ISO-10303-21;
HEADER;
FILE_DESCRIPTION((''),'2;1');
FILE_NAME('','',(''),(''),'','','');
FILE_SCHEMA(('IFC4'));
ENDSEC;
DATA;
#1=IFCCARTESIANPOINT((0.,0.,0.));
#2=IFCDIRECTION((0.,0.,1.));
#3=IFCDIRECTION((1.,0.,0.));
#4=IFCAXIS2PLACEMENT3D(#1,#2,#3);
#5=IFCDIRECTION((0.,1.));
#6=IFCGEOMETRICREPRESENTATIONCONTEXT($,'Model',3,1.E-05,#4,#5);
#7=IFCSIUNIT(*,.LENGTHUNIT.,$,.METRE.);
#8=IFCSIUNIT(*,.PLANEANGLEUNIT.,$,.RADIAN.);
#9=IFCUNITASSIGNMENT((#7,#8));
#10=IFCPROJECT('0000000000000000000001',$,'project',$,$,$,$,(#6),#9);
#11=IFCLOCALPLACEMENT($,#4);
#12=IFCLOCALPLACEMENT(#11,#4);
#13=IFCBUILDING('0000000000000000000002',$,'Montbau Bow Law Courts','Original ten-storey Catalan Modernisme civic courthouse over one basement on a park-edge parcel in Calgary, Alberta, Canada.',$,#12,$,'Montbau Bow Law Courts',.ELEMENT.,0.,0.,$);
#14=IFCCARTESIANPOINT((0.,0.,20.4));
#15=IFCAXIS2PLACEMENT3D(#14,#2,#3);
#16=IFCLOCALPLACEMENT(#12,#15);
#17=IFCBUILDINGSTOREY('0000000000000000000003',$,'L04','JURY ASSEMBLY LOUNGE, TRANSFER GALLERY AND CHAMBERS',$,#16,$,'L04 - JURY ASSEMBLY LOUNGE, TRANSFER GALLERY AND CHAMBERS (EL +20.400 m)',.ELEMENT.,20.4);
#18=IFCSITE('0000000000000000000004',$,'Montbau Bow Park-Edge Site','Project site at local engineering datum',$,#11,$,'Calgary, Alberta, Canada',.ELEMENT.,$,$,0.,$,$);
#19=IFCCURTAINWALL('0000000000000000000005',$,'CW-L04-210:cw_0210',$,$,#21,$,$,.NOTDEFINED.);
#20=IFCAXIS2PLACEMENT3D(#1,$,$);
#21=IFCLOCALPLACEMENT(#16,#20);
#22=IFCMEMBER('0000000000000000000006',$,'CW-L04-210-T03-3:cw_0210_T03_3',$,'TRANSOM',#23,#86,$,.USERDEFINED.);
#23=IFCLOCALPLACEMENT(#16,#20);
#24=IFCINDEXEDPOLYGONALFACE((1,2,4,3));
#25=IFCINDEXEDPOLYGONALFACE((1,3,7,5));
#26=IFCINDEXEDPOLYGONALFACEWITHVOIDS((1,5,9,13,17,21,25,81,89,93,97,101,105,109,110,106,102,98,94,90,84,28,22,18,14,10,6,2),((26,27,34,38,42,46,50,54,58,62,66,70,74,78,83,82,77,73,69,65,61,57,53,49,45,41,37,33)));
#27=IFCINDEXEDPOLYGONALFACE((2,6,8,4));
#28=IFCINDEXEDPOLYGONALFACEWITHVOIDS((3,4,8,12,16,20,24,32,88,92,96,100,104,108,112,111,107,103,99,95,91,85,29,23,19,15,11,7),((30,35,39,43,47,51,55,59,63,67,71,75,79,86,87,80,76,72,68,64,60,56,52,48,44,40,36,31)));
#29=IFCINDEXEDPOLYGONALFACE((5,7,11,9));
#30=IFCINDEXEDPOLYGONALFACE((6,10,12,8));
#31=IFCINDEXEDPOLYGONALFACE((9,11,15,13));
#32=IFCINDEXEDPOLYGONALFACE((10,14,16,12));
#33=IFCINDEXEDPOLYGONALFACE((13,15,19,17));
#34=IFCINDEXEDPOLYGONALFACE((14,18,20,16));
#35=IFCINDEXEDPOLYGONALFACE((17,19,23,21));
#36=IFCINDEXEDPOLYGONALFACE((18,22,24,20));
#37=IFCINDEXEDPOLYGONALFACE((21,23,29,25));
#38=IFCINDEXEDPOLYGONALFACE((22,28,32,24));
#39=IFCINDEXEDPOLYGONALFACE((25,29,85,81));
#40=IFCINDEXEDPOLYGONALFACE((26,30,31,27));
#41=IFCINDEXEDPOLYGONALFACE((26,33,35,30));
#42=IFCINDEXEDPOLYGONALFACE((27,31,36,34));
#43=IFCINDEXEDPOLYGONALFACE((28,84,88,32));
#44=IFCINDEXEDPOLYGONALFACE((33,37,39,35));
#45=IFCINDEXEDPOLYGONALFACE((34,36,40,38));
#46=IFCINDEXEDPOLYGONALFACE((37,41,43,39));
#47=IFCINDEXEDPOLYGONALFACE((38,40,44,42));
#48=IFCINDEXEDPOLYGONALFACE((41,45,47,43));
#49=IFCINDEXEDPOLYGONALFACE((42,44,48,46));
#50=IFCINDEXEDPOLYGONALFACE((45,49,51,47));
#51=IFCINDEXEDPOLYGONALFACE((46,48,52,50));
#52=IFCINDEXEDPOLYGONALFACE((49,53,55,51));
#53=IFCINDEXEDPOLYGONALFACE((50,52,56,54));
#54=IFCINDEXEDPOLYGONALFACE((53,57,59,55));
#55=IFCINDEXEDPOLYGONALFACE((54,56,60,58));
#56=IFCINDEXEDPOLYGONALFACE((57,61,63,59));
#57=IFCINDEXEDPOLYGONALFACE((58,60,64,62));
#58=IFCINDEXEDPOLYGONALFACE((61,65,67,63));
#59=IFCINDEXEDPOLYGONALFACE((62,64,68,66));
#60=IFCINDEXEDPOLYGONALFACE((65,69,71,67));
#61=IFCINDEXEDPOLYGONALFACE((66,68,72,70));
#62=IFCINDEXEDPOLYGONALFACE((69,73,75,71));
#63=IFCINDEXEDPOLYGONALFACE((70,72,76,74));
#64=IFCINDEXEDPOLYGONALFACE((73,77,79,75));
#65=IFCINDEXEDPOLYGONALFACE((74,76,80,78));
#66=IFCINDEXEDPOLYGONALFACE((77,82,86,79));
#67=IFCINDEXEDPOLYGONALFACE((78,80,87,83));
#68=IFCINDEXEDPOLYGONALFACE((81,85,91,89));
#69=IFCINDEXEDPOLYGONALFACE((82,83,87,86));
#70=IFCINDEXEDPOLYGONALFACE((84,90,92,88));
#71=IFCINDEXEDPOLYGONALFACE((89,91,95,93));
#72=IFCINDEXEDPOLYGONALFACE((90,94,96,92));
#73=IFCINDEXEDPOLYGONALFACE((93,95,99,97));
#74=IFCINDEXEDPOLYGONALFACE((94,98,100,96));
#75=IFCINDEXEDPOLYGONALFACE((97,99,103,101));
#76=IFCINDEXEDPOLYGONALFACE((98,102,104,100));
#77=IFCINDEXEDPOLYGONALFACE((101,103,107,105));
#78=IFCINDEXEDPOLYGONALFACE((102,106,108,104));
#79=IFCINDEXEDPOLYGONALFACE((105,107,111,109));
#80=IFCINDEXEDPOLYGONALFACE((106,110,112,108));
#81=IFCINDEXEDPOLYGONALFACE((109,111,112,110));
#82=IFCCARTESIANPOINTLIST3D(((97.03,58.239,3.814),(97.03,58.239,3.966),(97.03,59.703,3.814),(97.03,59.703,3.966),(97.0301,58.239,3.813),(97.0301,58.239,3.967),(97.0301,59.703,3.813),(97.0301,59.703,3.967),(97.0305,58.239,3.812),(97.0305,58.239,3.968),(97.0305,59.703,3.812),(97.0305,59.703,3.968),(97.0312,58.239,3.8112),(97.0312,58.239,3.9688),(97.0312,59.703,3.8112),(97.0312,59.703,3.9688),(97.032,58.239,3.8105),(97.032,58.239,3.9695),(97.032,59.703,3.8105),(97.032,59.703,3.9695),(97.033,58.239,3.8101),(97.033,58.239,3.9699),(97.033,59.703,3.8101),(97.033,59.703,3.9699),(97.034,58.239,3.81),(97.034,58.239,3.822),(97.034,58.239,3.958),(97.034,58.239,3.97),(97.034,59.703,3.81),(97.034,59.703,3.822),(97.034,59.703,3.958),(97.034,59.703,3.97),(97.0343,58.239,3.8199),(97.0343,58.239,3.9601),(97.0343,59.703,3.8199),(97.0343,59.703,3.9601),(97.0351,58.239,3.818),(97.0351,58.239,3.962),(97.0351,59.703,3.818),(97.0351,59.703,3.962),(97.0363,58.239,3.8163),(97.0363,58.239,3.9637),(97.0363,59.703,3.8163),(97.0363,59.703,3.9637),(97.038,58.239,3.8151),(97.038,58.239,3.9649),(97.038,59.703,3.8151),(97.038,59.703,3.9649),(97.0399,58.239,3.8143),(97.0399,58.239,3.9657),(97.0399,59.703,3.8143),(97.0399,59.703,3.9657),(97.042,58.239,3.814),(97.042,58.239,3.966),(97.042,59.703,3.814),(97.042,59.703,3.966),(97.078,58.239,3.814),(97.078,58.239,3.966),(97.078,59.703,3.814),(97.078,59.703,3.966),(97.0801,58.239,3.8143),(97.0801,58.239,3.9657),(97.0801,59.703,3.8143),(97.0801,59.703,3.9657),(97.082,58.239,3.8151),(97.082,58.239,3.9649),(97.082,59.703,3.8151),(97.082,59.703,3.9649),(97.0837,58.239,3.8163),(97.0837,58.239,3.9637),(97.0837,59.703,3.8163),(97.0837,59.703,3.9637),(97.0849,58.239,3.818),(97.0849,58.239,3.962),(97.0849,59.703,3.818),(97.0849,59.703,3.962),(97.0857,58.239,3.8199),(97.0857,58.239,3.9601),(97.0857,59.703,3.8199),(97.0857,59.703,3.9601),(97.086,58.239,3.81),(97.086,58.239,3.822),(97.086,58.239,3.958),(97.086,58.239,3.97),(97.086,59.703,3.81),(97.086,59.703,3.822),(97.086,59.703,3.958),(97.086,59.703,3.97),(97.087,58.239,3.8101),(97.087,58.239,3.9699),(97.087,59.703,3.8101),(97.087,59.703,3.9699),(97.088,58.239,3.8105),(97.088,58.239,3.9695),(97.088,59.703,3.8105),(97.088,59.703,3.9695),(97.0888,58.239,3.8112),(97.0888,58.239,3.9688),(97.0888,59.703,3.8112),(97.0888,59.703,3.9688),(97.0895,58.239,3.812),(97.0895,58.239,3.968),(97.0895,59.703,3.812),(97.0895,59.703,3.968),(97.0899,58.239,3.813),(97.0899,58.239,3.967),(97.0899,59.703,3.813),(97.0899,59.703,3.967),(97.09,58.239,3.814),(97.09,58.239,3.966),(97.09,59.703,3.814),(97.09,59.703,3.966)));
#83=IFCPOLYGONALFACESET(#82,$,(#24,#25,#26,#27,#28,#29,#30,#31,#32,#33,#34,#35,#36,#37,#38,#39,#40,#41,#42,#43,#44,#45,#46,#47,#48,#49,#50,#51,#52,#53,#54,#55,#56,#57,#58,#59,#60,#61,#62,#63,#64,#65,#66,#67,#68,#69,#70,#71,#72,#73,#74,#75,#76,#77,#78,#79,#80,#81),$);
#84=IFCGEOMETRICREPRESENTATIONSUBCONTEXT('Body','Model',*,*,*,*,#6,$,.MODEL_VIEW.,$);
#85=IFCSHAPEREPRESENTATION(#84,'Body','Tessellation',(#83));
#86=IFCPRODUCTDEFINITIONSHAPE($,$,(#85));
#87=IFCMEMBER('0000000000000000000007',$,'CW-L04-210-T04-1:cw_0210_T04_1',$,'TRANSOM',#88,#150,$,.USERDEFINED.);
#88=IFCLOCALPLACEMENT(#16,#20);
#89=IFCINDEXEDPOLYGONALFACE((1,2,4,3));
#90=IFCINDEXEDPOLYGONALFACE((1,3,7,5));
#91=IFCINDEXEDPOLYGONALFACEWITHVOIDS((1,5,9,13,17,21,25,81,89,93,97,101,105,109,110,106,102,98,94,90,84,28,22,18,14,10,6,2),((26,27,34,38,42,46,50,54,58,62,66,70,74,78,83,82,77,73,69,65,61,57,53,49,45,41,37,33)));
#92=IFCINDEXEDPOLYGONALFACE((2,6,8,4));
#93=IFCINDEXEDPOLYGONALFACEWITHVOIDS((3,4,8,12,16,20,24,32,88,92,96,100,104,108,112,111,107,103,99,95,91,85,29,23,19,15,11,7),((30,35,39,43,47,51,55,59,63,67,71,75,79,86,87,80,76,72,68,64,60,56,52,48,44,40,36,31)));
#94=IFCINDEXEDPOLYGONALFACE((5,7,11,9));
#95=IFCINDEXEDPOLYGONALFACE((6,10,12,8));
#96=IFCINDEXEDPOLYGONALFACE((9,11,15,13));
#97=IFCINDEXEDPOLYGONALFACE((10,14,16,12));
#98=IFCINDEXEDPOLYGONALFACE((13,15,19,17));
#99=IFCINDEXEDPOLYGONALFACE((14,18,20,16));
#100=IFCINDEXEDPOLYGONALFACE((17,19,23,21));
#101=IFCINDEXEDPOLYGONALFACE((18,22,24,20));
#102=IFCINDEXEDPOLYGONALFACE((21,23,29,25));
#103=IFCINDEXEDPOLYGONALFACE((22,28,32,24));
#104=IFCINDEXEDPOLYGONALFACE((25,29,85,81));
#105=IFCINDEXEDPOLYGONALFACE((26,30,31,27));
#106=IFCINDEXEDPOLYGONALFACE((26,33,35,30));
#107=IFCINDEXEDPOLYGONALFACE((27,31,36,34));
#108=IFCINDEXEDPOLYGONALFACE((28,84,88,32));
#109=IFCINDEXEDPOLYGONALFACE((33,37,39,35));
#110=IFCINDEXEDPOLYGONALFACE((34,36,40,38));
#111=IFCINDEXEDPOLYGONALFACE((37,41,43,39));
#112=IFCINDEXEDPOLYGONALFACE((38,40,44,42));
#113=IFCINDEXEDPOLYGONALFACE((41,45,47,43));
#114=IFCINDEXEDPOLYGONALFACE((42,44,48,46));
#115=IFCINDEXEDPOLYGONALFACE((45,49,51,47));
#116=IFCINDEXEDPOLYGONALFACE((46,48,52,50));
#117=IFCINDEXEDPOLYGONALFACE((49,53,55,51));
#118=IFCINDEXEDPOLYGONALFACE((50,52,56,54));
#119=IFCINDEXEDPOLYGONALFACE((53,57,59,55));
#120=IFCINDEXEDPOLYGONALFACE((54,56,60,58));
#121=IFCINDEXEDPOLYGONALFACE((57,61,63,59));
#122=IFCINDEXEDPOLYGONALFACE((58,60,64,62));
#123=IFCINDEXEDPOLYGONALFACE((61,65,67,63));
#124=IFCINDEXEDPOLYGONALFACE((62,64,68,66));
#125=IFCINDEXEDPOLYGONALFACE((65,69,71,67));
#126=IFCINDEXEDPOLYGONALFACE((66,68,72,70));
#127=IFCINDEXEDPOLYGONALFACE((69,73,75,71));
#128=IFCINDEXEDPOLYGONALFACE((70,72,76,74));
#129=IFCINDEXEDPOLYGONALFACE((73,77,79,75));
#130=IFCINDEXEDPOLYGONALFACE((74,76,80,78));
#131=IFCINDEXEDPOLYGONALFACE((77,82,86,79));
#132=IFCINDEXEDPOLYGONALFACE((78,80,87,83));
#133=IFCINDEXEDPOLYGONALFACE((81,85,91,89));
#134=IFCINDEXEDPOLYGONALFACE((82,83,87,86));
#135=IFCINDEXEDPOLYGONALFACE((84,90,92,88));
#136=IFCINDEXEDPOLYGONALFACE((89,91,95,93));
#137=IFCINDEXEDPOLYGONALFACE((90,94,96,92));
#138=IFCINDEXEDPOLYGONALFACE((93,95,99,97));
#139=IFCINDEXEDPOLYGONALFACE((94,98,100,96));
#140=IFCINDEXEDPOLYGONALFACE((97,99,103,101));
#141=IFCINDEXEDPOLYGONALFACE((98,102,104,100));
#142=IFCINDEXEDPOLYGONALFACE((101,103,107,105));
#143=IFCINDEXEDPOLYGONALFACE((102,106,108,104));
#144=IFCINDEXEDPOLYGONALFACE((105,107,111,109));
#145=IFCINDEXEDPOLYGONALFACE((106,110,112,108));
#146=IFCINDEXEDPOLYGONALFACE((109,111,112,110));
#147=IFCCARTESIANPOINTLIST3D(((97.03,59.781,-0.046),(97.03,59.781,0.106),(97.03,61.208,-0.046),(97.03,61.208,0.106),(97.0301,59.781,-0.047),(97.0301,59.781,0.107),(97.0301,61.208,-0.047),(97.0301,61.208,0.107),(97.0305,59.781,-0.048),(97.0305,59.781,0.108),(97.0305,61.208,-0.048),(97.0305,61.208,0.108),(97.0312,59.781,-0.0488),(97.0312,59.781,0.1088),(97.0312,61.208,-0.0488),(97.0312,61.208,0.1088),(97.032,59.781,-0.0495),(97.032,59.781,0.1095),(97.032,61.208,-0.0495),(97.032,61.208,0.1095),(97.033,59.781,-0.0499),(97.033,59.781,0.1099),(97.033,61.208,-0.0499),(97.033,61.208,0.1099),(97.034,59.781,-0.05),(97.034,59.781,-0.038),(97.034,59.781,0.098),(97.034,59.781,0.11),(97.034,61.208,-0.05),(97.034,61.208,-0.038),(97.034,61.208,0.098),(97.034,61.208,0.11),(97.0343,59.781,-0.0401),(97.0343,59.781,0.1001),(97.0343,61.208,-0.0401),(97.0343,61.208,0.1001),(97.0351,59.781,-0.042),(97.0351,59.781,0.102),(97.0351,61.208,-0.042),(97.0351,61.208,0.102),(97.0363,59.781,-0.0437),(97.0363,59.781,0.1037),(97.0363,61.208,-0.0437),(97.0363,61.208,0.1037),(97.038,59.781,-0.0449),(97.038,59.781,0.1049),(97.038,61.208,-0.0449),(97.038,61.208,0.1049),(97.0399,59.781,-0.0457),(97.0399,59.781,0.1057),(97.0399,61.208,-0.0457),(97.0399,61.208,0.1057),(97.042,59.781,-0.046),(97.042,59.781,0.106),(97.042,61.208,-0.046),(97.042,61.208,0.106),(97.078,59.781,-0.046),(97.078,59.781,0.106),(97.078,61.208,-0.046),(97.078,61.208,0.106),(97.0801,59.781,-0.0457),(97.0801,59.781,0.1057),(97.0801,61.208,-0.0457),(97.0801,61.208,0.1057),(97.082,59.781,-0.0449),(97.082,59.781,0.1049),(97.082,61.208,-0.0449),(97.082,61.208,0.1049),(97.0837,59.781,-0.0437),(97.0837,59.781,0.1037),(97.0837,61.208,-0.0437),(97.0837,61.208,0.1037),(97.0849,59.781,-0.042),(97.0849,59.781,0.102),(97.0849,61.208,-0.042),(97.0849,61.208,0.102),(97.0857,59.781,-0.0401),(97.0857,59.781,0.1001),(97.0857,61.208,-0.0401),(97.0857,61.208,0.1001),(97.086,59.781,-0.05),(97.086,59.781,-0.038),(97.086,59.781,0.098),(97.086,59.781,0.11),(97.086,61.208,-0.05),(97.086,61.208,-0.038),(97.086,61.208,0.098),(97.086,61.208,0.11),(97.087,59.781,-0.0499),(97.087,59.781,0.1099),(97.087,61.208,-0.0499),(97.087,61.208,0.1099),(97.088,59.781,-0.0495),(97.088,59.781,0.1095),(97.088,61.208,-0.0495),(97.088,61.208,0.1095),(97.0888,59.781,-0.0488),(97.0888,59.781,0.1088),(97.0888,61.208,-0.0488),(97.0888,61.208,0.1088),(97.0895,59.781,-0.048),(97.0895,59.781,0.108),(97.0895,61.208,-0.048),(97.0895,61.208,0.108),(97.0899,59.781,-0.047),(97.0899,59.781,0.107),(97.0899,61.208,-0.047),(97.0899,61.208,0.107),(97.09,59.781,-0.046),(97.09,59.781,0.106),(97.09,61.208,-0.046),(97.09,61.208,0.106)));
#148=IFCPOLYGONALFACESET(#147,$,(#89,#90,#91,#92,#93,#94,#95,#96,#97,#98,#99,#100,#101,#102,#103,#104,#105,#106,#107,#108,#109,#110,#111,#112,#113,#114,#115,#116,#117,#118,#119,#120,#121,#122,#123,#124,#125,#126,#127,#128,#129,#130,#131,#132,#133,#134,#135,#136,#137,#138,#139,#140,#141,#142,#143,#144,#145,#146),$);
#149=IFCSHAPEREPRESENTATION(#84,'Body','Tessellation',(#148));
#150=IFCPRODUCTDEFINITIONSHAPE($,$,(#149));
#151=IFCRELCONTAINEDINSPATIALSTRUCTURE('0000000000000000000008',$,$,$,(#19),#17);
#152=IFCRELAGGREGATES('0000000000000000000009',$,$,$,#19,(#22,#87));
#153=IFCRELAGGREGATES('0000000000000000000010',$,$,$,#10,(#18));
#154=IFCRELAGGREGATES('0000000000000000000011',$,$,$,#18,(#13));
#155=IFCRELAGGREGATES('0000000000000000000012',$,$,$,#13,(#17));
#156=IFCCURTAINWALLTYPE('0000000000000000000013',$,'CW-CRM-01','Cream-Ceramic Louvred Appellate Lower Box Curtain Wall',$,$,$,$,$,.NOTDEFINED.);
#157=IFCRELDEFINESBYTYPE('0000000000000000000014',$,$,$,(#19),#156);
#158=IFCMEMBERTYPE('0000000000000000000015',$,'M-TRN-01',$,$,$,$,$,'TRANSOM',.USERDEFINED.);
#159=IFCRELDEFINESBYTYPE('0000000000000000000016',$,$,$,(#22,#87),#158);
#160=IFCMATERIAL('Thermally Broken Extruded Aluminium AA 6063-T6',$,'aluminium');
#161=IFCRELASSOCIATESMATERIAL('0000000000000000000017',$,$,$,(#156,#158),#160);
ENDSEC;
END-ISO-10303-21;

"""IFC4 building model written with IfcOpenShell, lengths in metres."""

from ifc_helpers import new_model, si_unit, direction, frame, origin_with_axes, origin_2d_with_axis, place, context, subcontext, project, spatial, hollow_rectangle, extrude, material, material_profile, profile_set, type_object, element, aggregate, save


model = new_model("IFC4")

# Units and contexts
model_context = context("Model", 3, precision=1e-05, world=origin_with_axes(), true_north=direction((0.0, 1.0)))
body_context = subcontext(model_context, "Body", "Model", "MODEL_VIEW")
ifc_project = project(units=[si_unit("LENGTHUNIT", "METRE"), si_unit("PLANEANGLEUNIT", "RADIAN")], contexts=[model_context])

# Site, building, storey
site_placement = place(None, origin_with_axes())
site = spatial("IfcSite", under=ifc_project, at=site_placement, Name="Montbau Bow Park-Edge Site", Description="Project site at local engineering datum", LongName="Calgary, Alberta, Canada", CompositionType="ELEMENT", RefElevation=0.0)
building_placement = place(site_placement, origin_with_axes())
building = spatial("IfcBuilding", under=site, at=building_placement, Name="Montbau Bow Law Courts", Description="Original ten-storey Catalan Modernisme civic courthouse over one basement on a park-edge parcel in Calgary, Alberta, Canada.", LongName="Montbau Bow Law Courts", CompositionType="ELEMENT", ElevationOfRefHeight=0.0, ElevationOfTerrain=0.0)
storey_placement = place(building_placement, frame((0.0, 0.0, 20.4), z_axis=(0.0, 0.0, 1.0), x_axis=(1.0, 0.0, 0.0)))
storey = spatial("IfcBuildingStorey", under=building, at=storey_placement, Name="L04", Description="JURY ASSEMBLY LOUNGE, TRANSFER GALLERY AND CHAMBERS", LongName="L04 - JURY ASSEMBLY LOUNGE, TRANSFER GALLERY AND CHAMBERS (EL +20.400 m)", CompositionType="ELEMENT", Elevation=20.4)

# Curtain wall
ifc_material_1 = material(Name="Thermally Broken Extruded Aluminium AA 6063-T6", Category="aluminium")
curtain_wall_type = type_object("IfcCurtainWallType", Name="CW-CRM-01", Description="Cream-Ceramic Louvred Appellate Lower Box Curtain Wall", PredefinedType="NOTDEFINED", material=ifc_material_1)
curtain_wall_1_placement = place(None, frame((97.06, 55.115, 20.4), z_axis=(0.0, 0.0, 1.0), x_axis=(1.0, 0.0, 0.0)))
curtain_wall_1 = element("IfcCurtainWall", 1, at=curtain_wall_1_placement, inside=storey, type_object=curtain_wall_type, Name="CW-L04-210:cw_0210", PredefinedType="NOTDEFINED")

# Members
ifc_material_profile_1 = material_profile(ifc_material_1, hollow_rectangle(XDim=0.06, YDim=0.16, WallThickness=0.004, InnerFilletRadius=0.008, OuterFilletRadius=0.004, at=origin_2d_with_axis()), Name="CWT-160X60", Category="Main", Priority=0)
ifc_profile_set_1 = profile_set([ifc_material_profile_1], Name="Thermally Broken Extruded Aluminium AA 6063-T6")
member_type_1 = type_object("IfcMemberType", Name="M-TRN-01", ElementType="TRANSOM", PredefinedType="USERDEFINED", material=ifc_profile_set_1)
member_1_placement = place(None, frame((97.06, 58.239, 24.29), z_axis=(0.0, 1.0, 0.0), x_axis=(-1.0, 0.0, 0.0)))
member_1 = element("IfcMember", 2, at=member_1_placement, type_object=member_type_1, Name="CW-L04-210-T03-3:cw_0210_T03_3", ObjectType="TRANSOM", PredefinedType="USERDEFINED", context=body_context, shape_type="SweptSolid", body=[
    extrude(hollow_rectangle(XDim=0.06, YDim=0.16, WallThickness=0.004, InnerFilletRadius=0.008, OuterFilletRadius=0.004, at=origin_2d_with_axis()), origin_with_axes(), (0.0, 0.0, 1.0), 1.464),
])
member_2_placement = place(None, frame((97.06, 59.781, 20.43), z_axis=(0.0, 1.0, 0.0), x_axis=(-1.0, 0.0, 0.0)))
member_2 = element("IfcMember", 3, at=member_2_placement, type_object=member_type_1, Name="CW-L04-210-T04-1:cw_0210_T04_1", ObjectType="TRANSOM", PredefinedType="USERDEFINED", context=body_context, shape_type="SweptSolid", body=[
    extrude(hollow_rectangle(XDim=0.06, YDim=0.16, WallThickness=0.004, InnerFilletRadius=0.008, OuterFilletRadius=0.004, at=origin_2d_with_axis()), origin_with_axes(), (0.0, 0.0, 1.0), 1.427),
])

aggregate(curtain_wall_1, [member_1, member_2])

save(model, "model.ifc")
